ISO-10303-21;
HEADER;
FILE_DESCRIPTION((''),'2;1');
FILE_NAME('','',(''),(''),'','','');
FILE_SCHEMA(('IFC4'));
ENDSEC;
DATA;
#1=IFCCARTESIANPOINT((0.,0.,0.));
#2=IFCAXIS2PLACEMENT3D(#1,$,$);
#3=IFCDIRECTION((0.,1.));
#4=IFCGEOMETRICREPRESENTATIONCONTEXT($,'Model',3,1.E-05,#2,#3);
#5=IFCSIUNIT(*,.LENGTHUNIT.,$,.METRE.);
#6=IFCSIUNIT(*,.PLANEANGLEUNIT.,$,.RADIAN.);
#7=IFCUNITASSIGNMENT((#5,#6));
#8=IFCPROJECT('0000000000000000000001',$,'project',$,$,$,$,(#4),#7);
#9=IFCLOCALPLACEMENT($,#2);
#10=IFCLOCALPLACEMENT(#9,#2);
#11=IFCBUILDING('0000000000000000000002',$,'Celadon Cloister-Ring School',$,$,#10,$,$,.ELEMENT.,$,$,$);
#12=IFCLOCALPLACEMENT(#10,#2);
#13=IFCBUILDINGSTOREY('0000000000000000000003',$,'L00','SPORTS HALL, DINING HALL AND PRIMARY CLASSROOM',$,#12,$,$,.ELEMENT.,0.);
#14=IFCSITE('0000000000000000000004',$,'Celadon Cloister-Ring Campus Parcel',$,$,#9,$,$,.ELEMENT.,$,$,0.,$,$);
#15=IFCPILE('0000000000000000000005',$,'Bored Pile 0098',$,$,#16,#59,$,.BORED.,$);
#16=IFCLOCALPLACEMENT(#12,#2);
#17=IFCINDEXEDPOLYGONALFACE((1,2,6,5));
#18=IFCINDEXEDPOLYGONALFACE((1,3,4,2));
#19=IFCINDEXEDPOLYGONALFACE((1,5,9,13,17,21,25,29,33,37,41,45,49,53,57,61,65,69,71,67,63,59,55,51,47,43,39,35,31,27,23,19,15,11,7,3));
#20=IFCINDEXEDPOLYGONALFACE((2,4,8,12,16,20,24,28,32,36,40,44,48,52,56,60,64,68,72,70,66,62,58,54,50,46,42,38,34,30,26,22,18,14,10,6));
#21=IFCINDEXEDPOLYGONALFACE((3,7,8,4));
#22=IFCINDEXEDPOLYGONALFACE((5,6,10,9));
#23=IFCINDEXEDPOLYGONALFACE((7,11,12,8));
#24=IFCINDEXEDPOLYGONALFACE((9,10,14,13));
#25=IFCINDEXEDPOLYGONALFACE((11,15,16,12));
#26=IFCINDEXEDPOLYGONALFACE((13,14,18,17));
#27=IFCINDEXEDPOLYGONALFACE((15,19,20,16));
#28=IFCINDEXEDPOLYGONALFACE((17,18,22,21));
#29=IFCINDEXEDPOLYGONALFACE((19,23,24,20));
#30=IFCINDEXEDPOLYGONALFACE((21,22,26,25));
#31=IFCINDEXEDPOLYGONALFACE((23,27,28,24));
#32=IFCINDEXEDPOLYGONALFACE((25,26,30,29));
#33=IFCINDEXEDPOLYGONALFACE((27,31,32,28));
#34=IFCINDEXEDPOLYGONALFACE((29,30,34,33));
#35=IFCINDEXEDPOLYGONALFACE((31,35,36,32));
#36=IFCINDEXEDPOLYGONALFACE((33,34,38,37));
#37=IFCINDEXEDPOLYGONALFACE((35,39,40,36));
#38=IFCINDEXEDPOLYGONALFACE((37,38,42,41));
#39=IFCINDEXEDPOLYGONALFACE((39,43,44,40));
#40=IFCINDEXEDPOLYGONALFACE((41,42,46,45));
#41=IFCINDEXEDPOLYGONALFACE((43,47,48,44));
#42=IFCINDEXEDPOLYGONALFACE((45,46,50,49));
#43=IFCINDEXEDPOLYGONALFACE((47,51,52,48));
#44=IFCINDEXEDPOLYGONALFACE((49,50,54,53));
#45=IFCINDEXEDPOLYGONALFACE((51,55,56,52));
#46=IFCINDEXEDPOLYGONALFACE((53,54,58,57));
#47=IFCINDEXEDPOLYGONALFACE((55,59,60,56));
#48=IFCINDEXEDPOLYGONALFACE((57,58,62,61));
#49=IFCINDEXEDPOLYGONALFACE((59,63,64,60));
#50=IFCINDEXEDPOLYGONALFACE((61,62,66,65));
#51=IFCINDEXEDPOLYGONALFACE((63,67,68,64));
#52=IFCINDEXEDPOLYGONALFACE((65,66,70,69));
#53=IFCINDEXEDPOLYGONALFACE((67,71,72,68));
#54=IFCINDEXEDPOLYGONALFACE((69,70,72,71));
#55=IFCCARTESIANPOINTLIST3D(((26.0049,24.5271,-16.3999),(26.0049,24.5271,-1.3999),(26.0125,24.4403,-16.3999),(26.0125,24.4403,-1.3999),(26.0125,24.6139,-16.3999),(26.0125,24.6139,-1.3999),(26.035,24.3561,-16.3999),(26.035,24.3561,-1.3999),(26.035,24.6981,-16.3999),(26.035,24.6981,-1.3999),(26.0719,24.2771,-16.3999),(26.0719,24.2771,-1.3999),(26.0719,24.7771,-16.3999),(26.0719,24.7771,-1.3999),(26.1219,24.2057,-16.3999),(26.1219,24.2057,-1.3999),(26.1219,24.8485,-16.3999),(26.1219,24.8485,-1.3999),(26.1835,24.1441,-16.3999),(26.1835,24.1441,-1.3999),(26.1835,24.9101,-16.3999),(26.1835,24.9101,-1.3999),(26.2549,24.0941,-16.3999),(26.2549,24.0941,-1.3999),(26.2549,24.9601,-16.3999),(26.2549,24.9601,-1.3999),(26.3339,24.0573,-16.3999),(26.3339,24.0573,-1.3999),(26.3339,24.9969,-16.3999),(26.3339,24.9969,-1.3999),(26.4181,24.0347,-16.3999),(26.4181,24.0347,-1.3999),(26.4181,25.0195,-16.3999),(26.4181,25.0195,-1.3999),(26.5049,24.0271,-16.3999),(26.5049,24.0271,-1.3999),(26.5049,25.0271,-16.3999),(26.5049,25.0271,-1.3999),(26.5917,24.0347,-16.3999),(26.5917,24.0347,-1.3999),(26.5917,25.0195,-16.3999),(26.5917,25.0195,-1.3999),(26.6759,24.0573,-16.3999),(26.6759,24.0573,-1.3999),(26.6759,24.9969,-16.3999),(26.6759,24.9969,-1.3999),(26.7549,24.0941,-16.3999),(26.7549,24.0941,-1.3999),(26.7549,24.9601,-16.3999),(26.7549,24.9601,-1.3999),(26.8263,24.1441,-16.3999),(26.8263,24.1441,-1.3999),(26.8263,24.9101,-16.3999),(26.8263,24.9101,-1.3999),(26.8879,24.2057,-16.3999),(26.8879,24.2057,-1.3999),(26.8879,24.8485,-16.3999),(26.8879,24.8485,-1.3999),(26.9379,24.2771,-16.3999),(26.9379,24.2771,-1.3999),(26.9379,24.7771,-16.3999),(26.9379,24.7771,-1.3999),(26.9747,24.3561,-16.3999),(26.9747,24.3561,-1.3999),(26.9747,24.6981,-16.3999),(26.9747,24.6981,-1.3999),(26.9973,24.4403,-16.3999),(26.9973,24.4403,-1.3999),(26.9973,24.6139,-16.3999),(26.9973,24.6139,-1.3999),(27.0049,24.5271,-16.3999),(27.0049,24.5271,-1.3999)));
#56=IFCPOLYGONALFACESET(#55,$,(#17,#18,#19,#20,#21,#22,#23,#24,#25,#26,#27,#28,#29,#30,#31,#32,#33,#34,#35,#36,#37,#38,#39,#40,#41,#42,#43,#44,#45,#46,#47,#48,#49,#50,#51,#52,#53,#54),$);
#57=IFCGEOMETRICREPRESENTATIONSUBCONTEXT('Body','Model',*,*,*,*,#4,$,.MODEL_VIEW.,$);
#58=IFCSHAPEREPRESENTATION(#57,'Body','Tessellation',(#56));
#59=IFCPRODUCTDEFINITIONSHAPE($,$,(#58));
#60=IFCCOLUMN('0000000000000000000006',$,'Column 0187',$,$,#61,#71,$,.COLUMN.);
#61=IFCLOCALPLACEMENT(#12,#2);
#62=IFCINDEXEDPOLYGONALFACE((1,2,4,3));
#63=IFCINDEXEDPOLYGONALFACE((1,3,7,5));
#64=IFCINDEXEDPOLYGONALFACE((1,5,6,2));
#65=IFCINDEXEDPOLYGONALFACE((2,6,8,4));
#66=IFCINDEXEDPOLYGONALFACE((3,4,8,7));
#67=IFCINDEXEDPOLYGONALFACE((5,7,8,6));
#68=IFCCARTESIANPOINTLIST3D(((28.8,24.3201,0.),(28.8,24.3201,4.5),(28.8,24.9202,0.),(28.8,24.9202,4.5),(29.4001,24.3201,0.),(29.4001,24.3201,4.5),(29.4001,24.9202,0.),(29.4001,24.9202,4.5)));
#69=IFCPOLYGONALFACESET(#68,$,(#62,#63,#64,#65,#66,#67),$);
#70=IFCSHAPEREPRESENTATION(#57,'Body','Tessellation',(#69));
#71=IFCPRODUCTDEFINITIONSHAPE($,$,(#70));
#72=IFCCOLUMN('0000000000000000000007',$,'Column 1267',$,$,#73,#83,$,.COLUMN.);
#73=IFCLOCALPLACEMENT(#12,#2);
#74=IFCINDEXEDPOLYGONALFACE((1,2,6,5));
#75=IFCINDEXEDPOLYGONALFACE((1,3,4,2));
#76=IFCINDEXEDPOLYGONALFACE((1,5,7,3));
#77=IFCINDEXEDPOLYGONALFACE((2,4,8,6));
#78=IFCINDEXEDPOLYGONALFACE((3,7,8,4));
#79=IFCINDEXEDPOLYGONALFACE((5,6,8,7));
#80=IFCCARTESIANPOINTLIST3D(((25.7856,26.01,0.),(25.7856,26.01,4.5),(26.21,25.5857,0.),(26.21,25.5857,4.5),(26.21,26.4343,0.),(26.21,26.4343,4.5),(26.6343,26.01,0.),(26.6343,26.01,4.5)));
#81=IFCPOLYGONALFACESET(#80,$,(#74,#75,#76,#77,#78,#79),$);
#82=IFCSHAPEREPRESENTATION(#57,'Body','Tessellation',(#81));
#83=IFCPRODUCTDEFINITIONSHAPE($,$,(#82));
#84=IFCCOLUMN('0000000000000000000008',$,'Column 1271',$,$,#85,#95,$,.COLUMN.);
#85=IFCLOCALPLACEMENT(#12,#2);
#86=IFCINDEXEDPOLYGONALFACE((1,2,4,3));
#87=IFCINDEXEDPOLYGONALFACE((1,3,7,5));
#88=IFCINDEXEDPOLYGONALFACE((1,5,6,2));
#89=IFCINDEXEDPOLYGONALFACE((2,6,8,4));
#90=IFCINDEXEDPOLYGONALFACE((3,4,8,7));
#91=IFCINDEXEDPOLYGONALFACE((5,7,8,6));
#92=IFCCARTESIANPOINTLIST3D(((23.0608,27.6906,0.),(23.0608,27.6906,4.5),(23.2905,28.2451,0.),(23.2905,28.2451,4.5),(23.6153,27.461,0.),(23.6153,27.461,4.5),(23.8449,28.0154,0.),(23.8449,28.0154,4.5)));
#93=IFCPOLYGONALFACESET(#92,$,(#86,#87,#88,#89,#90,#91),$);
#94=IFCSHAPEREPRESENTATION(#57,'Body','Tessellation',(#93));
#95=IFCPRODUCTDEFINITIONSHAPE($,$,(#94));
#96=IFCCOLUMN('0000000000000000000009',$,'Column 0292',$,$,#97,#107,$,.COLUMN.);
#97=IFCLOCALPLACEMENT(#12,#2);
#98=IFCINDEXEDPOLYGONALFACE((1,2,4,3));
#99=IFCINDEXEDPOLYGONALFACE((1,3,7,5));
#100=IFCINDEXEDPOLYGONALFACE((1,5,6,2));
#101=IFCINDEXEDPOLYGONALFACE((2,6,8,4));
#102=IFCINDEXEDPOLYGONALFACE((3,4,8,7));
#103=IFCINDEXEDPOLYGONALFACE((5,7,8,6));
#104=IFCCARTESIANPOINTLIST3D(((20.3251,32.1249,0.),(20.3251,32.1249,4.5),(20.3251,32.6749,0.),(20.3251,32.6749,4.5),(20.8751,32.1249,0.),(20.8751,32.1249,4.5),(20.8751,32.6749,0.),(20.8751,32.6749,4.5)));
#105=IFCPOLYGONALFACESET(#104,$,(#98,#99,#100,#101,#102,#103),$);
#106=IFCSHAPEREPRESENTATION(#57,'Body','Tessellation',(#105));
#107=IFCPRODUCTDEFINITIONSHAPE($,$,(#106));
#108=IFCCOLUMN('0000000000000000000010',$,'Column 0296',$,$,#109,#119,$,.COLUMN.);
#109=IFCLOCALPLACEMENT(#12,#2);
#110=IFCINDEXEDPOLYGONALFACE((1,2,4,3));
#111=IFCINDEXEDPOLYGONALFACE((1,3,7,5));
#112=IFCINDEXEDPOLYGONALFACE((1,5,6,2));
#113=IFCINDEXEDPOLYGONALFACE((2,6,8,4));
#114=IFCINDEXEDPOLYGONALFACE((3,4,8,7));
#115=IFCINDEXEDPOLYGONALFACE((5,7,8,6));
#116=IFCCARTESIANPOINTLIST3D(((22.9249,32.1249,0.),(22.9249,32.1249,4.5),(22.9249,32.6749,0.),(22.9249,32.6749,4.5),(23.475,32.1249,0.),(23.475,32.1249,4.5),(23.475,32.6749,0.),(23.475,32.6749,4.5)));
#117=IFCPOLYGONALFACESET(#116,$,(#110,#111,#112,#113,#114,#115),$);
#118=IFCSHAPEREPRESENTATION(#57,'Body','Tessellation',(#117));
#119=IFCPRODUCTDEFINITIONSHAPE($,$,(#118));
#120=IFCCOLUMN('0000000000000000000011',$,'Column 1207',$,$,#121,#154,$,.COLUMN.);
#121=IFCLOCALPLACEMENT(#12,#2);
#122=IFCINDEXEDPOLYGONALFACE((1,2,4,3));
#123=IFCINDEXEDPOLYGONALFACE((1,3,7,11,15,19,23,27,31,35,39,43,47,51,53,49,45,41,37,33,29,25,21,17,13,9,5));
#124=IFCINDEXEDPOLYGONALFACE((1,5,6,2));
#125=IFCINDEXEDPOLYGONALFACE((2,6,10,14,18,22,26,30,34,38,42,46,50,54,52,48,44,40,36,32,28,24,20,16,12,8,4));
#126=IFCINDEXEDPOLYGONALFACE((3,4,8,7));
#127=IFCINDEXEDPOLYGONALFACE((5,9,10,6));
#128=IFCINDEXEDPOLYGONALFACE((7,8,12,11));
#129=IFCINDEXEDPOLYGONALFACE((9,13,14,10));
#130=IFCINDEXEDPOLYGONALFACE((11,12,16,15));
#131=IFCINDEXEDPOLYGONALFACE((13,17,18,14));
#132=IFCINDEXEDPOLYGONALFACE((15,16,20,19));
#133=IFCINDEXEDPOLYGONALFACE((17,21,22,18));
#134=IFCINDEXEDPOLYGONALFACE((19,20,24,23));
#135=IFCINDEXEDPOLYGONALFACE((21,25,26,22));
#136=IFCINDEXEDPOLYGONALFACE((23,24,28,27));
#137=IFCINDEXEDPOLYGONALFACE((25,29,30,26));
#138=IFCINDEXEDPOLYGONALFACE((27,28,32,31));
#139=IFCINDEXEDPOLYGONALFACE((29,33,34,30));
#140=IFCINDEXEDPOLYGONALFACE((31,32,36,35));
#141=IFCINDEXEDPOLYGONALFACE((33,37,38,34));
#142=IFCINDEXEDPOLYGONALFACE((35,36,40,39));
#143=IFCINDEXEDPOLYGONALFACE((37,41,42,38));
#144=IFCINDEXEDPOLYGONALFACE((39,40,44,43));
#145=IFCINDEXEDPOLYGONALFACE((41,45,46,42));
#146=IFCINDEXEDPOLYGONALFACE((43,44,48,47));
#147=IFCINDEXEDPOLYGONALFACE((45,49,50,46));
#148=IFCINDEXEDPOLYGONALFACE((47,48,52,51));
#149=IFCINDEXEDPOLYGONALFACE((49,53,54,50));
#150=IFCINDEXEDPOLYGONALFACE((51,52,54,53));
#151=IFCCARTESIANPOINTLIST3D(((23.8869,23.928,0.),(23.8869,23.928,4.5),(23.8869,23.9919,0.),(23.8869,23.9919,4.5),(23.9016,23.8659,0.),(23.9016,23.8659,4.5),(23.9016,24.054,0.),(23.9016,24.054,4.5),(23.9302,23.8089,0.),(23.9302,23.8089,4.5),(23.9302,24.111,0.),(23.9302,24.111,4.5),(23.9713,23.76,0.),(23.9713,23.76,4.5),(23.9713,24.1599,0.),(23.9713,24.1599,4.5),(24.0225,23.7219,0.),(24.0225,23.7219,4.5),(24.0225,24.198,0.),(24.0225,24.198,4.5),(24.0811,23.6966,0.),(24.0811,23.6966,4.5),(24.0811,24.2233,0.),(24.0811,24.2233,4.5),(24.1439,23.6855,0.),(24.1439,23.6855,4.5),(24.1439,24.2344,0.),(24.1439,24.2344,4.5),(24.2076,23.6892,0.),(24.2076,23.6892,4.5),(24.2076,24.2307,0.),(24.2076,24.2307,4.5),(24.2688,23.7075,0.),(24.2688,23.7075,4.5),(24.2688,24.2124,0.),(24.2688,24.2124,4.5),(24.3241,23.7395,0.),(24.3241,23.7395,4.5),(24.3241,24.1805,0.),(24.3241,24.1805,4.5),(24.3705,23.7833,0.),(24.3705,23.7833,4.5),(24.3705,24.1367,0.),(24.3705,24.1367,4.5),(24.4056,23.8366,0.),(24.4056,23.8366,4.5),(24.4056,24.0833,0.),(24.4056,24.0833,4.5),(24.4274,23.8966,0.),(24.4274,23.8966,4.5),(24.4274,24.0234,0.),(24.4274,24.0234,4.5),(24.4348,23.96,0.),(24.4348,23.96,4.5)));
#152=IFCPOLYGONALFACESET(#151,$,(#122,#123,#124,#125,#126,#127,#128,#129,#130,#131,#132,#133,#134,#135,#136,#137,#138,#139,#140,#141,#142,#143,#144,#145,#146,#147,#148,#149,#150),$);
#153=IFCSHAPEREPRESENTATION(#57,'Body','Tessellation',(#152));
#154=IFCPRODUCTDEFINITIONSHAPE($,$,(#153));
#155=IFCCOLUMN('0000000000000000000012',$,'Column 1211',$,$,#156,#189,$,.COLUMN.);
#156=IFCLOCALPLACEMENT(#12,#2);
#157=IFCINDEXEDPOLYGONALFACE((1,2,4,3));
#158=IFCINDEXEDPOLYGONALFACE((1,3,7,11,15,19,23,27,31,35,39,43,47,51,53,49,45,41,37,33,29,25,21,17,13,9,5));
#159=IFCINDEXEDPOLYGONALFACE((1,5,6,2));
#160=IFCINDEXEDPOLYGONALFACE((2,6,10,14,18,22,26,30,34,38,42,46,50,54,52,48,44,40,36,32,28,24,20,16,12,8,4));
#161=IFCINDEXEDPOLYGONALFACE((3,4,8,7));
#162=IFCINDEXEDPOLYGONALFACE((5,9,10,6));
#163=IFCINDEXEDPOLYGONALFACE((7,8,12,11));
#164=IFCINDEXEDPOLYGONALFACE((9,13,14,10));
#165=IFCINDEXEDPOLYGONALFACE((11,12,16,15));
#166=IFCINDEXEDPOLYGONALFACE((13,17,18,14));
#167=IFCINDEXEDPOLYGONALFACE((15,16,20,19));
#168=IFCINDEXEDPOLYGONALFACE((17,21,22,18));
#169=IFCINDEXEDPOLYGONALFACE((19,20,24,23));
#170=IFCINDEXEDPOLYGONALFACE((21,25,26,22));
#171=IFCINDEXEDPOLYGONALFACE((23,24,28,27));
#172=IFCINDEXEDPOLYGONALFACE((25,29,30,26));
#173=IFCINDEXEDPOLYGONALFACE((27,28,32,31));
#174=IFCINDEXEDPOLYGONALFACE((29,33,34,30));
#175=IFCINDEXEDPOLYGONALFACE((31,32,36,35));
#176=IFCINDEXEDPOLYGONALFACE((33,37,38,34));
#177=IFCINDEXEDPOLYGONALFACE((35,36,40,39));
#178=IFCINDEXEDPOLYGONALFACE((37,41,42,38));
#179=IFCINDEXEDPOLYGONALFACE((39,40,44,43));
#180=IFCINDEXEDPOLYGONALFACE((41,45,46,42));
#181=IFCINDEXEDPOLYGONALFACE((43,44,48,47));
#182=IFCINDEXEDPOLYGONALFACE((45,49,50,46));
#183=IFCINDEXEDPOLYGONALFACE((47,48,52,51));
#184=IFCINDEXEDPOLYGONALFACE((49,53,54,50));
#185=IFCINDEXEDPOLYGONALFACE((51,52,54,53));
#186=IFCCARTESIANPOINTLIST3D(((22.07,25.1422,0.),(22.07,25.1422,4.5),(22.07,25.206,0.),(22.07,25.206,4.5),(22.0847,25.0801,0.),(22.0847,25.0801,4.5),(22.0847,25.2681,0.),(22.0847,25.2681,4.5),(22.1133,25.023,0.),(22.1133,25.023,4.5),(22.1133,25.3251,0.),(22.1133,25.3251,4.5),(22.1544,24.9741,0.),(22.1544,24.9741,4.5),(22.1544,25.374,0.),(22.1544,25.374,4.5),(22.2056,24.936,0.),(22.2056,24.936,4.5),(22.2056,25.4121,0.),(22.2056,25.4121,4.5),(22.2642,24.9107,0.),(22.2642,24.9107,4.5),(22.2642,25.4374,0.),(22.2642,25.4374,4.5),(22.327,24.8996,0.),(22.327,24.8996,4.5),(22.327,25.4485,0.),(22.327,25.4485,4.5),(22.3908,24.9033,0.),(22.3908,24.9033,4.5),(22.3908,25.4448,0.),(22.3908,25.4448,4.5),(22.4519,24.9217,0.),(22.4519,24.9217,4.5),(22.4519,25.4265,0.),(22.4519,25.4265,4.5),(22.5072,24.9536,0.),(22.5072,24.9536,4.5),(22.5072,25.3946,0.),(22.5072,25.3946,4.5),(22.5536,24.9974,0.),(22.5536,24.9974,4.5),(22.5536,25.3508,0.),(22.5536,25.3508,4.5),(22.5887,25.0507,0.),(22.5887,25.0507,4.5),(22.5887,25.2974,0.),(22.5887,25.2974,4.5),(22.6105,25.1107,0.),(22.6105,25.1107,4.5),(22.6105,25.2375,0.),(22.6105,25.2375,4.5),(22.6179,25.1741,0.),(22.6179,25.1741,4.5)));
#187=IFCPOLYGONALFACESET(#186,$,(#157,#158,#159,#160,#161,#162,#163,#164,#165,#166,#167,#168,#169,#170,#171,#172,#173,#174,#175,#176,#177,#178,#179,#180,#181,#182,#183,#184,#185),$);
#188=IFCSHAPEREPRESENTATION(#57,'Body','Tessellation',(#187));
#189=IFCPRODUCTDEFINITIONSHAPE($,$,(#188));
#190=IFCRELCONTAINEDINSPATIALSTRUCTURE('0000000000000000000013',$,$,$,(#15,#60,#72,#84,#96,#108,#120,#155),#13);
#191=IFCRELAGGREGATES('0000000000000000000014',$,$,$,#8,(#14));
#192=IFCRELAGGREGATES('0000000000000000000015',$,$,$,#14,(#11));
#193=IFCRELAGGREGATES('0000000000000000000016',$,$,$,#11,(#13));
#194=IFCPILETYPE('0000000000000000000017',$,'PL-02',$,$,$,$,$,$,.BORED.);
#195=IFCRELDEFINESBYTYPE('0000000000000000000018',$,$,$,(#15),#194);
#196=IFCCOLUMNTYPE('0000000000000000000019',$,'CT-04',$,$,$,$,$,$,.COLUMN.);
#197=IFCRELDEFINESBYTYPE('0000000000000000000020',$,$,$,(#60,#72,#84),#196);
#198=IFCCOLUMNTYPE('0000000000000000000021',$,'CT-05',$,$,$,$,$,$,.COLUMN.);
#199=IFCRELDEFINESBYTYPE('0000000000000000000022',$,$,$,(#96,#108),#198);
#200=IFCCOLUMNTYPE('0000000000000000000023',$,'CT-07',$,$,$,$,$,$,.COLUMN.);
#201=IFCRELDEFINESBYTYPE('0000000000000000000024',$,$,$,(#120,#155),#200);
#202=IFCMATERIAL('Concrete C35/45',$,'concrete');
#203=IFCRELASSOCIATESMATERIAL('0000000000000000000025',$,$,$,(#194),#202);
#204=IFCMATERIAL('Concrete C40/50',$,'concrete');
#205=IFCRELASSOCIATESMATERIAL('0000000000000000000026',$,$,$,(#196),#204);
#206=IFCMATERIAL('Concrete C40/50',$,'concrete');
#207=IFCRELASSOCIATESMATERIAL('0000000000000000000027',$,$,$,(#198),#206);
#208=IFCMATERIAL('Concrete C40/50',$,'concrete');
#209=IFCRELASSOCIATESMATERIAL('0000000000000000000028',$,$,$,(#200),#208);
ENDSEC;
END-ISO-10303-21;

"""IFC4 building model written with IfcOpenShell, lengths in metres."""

from ifc_helpers import new_model, si_unit, direction, frame, origin, origin_2d, place, context, subcontext, project, spatial, rectangle, circle, extrude, material, material_profile, profile_set, type_object, element, save


model = new_model("IFC4")

# Units and contexts
model_context = context("Model", 3, precision=1e-05, world=origin(), true_north=direction((0.0, 1.0)))
body_context = subcontext(model_context, "Body", "Model", "MODEL_VIEW")
ifc_project = project(units=[si_unit("LENGTHUNIT", "METRE"), si_unit("PLANEANGLEUNIT", "RADIAN")], contexts=[model_context])

# Site, building, storey
site_placement = place(None, origin())
site = spatial("IfcSite", under=ifc_project, at=site_placement, Name="Celadon Cloister-Ring Campus Parcel", CompositionType="ELEMENT", RefElevation=0.0)
building_placement = place(site_placement, origin())
building = spatial("IfcBuilding", under=site, at=building_placement, Name="Celadon Cloister-Ring School", CompositionType="ELEMENT")
storey_placement = place(building_placement, origin())
storey = spatial("IfcBuildingStorey", under=building, at=storey_placement, Name="L00", Description="SPORTS HALL, DINING HALL AND PRIMARY CLASSROOM", CompositionType="ELEMENT", Elevation=0.0)

# Pile
ifc_material_1 = material(Name="Concrete C35/45", Category="concrete")
ifc_material_profile_1 = material_profile(ifc_material_1, circle(Radius=0.5, at=origin_2d()), Name="PILE1000")
ifc_profile_set_1 = profile_set([ifc_material_profile_1], Name="Concrete C35/45")
pile_type = type_object("IfcPileType", Name="PL-02", PredefinedType="BORED", material=ifc_profile_set_1)
pile_placement = place(storey_placement, frame((26.5049, 24.5271, -1.3999), z_axis=(0.0, 0.0, -1.0), x_axis=(1.0, 0.0, 0.0)))
element("IfcPile", 1, at=pile_placement, inside=storey, type_object=pile_type, Name="Bored Pile 0098", PredefinedType="BORED", context=body_context, shape_type="SweptSolid", body=[
    extrude(circle(Radius=0.5, at=origin_2d()), origin(), (0.0, 0.0, 1.0), 15.0),
])

# Columns
ifc_material_2 = material(Name="Concrete C40/50", Category="concrete")
ifc_material_profile_2 = material_profile(ifc_material_2, rectangle(XDim=0.6001, YDim=0.6001, at=origin_2d()), Name="RC600X600")
ifc_profile_set_2 = profile_set([ifc_material_profile_2], Name="Concrete C40/50")
column_type_1 = type_object("IfcColumnType", Name="CT-04", PredefinedType="COLUMN", material=ifc_profile_set_2)
for number, where, z_axis, x_axis, name in (
    (2, (29.1001, 24.6201, 0.0), (0.0, 0.0, 1.0), (1.0, 0.0, 0.0), "Column 0187"),
    (3, (26.21, 26.01, 0.0), (0.0, 0.0, 1.0), (0.707107, 0.707107, 0.0), "Column 1267"),
    (4, (23.4529, 27.853, 0.0), (0.0, 0.0, 1.0), (0.382683, 0.92388, 0.0), "Column 1271"),
):
    element("IfcColumn", number, at=place(storey_placement, frame(where, z_axis=z_axis, x_axis=x_axis)), inside=storey, type_object=column_type_1, Name=name, PredefinedType="COLUMN", context=body_context, shape_type="SweptSolid", body=[
        extrude(rectangle(XDim=0.6001, YDim=0.6001, at=origin_2d()), origin(), (0.0, 0.0, 1.0), 4.5),
    ])
ifc_material_3 = material(Name="Concrete C40/50", Category="concrete")
ifc_material_profile_3 = material_profile(ifc_material_3, rectangle(XDim=0.55, YDim=0.55, at=origin_2d()), Name="RC550X550")
ifc_profile_set_3 = profile_set([ifc_material_profile_3], Name="Concrete C40/50")
column_type_2 = type_object("IfcColumnType", Name="CT-05", PredefinedType="COLUMN", material=ifc_profile_set_3)
for number, where, z_axis, x_axis, name in (
    (5, (20.6001, 32.3999, 0.0), (0.0, 0.0, 1.0), (1.0, 0.0, 0.0), "Column 0292"),
    (6, (23.2, 32.3999, 0.0), (0.0, 0.0, 1.0), (1.0, 0.0, 0.0), "Column 0296"),
):
    element("IfcColumn", number, at=place(storey_placement, frame(where, z_axis=z_axis, x_axis=x_axis)), inside=storey, type_object=column_type_2, Name=name, PredefinedType="COLUMN", context=body_context, shape_type="SweptSolid", body=[
        extrude(rectangle(XDim=0.55, YDim=0.55, at=origin_2d()), origin(), (0.0, 0.0, 1.0), 4.5),
    ])
ifc_material_4 = material(Name="Concrete C40/50", Category="concrete")
ifc_material_profile_4 = material_profile(ifc_material_4, circle(Radius=0.2749, at=origin_2d()), Name="CIRC550")
ifc_profile_set_4 = profile_set([ifc_material_profile_4], Name="Concrete C40/50")
column_type_3 = type_object("IfcColumnType", Name="CT-07", PredefinedType="COLUMN", material=ifc_profile_set_4)
for number, where, z_axis, x_axis, name in (
    (7, (24.1599, 23.96, 0.0), (0.0, 0.0, 1.0), (1.0, 0.0, 0.0), "Column 1207"),
    (8, (22.343, 25.1741, 0.0), (0.0, 0.0, 1.0), (1.0, 0.0, 0.0), "Column 1211"),
):
    element("IfcColumn", number, at=place(storey_placement, frame(where, z_axis=z_axis, x_axis=x_axis)), inside=storey, type_object=column_type_3, Name=name, PredefinedType="COLUMN", context=body_context, shape_type="SweptSolid", body=[
        extrude(circle(Radius=0.2749, at=origin_2d()), origin(), (0.0, 0.0, 1.0), 4.5),
    ])

save(model, "model.ifc")
